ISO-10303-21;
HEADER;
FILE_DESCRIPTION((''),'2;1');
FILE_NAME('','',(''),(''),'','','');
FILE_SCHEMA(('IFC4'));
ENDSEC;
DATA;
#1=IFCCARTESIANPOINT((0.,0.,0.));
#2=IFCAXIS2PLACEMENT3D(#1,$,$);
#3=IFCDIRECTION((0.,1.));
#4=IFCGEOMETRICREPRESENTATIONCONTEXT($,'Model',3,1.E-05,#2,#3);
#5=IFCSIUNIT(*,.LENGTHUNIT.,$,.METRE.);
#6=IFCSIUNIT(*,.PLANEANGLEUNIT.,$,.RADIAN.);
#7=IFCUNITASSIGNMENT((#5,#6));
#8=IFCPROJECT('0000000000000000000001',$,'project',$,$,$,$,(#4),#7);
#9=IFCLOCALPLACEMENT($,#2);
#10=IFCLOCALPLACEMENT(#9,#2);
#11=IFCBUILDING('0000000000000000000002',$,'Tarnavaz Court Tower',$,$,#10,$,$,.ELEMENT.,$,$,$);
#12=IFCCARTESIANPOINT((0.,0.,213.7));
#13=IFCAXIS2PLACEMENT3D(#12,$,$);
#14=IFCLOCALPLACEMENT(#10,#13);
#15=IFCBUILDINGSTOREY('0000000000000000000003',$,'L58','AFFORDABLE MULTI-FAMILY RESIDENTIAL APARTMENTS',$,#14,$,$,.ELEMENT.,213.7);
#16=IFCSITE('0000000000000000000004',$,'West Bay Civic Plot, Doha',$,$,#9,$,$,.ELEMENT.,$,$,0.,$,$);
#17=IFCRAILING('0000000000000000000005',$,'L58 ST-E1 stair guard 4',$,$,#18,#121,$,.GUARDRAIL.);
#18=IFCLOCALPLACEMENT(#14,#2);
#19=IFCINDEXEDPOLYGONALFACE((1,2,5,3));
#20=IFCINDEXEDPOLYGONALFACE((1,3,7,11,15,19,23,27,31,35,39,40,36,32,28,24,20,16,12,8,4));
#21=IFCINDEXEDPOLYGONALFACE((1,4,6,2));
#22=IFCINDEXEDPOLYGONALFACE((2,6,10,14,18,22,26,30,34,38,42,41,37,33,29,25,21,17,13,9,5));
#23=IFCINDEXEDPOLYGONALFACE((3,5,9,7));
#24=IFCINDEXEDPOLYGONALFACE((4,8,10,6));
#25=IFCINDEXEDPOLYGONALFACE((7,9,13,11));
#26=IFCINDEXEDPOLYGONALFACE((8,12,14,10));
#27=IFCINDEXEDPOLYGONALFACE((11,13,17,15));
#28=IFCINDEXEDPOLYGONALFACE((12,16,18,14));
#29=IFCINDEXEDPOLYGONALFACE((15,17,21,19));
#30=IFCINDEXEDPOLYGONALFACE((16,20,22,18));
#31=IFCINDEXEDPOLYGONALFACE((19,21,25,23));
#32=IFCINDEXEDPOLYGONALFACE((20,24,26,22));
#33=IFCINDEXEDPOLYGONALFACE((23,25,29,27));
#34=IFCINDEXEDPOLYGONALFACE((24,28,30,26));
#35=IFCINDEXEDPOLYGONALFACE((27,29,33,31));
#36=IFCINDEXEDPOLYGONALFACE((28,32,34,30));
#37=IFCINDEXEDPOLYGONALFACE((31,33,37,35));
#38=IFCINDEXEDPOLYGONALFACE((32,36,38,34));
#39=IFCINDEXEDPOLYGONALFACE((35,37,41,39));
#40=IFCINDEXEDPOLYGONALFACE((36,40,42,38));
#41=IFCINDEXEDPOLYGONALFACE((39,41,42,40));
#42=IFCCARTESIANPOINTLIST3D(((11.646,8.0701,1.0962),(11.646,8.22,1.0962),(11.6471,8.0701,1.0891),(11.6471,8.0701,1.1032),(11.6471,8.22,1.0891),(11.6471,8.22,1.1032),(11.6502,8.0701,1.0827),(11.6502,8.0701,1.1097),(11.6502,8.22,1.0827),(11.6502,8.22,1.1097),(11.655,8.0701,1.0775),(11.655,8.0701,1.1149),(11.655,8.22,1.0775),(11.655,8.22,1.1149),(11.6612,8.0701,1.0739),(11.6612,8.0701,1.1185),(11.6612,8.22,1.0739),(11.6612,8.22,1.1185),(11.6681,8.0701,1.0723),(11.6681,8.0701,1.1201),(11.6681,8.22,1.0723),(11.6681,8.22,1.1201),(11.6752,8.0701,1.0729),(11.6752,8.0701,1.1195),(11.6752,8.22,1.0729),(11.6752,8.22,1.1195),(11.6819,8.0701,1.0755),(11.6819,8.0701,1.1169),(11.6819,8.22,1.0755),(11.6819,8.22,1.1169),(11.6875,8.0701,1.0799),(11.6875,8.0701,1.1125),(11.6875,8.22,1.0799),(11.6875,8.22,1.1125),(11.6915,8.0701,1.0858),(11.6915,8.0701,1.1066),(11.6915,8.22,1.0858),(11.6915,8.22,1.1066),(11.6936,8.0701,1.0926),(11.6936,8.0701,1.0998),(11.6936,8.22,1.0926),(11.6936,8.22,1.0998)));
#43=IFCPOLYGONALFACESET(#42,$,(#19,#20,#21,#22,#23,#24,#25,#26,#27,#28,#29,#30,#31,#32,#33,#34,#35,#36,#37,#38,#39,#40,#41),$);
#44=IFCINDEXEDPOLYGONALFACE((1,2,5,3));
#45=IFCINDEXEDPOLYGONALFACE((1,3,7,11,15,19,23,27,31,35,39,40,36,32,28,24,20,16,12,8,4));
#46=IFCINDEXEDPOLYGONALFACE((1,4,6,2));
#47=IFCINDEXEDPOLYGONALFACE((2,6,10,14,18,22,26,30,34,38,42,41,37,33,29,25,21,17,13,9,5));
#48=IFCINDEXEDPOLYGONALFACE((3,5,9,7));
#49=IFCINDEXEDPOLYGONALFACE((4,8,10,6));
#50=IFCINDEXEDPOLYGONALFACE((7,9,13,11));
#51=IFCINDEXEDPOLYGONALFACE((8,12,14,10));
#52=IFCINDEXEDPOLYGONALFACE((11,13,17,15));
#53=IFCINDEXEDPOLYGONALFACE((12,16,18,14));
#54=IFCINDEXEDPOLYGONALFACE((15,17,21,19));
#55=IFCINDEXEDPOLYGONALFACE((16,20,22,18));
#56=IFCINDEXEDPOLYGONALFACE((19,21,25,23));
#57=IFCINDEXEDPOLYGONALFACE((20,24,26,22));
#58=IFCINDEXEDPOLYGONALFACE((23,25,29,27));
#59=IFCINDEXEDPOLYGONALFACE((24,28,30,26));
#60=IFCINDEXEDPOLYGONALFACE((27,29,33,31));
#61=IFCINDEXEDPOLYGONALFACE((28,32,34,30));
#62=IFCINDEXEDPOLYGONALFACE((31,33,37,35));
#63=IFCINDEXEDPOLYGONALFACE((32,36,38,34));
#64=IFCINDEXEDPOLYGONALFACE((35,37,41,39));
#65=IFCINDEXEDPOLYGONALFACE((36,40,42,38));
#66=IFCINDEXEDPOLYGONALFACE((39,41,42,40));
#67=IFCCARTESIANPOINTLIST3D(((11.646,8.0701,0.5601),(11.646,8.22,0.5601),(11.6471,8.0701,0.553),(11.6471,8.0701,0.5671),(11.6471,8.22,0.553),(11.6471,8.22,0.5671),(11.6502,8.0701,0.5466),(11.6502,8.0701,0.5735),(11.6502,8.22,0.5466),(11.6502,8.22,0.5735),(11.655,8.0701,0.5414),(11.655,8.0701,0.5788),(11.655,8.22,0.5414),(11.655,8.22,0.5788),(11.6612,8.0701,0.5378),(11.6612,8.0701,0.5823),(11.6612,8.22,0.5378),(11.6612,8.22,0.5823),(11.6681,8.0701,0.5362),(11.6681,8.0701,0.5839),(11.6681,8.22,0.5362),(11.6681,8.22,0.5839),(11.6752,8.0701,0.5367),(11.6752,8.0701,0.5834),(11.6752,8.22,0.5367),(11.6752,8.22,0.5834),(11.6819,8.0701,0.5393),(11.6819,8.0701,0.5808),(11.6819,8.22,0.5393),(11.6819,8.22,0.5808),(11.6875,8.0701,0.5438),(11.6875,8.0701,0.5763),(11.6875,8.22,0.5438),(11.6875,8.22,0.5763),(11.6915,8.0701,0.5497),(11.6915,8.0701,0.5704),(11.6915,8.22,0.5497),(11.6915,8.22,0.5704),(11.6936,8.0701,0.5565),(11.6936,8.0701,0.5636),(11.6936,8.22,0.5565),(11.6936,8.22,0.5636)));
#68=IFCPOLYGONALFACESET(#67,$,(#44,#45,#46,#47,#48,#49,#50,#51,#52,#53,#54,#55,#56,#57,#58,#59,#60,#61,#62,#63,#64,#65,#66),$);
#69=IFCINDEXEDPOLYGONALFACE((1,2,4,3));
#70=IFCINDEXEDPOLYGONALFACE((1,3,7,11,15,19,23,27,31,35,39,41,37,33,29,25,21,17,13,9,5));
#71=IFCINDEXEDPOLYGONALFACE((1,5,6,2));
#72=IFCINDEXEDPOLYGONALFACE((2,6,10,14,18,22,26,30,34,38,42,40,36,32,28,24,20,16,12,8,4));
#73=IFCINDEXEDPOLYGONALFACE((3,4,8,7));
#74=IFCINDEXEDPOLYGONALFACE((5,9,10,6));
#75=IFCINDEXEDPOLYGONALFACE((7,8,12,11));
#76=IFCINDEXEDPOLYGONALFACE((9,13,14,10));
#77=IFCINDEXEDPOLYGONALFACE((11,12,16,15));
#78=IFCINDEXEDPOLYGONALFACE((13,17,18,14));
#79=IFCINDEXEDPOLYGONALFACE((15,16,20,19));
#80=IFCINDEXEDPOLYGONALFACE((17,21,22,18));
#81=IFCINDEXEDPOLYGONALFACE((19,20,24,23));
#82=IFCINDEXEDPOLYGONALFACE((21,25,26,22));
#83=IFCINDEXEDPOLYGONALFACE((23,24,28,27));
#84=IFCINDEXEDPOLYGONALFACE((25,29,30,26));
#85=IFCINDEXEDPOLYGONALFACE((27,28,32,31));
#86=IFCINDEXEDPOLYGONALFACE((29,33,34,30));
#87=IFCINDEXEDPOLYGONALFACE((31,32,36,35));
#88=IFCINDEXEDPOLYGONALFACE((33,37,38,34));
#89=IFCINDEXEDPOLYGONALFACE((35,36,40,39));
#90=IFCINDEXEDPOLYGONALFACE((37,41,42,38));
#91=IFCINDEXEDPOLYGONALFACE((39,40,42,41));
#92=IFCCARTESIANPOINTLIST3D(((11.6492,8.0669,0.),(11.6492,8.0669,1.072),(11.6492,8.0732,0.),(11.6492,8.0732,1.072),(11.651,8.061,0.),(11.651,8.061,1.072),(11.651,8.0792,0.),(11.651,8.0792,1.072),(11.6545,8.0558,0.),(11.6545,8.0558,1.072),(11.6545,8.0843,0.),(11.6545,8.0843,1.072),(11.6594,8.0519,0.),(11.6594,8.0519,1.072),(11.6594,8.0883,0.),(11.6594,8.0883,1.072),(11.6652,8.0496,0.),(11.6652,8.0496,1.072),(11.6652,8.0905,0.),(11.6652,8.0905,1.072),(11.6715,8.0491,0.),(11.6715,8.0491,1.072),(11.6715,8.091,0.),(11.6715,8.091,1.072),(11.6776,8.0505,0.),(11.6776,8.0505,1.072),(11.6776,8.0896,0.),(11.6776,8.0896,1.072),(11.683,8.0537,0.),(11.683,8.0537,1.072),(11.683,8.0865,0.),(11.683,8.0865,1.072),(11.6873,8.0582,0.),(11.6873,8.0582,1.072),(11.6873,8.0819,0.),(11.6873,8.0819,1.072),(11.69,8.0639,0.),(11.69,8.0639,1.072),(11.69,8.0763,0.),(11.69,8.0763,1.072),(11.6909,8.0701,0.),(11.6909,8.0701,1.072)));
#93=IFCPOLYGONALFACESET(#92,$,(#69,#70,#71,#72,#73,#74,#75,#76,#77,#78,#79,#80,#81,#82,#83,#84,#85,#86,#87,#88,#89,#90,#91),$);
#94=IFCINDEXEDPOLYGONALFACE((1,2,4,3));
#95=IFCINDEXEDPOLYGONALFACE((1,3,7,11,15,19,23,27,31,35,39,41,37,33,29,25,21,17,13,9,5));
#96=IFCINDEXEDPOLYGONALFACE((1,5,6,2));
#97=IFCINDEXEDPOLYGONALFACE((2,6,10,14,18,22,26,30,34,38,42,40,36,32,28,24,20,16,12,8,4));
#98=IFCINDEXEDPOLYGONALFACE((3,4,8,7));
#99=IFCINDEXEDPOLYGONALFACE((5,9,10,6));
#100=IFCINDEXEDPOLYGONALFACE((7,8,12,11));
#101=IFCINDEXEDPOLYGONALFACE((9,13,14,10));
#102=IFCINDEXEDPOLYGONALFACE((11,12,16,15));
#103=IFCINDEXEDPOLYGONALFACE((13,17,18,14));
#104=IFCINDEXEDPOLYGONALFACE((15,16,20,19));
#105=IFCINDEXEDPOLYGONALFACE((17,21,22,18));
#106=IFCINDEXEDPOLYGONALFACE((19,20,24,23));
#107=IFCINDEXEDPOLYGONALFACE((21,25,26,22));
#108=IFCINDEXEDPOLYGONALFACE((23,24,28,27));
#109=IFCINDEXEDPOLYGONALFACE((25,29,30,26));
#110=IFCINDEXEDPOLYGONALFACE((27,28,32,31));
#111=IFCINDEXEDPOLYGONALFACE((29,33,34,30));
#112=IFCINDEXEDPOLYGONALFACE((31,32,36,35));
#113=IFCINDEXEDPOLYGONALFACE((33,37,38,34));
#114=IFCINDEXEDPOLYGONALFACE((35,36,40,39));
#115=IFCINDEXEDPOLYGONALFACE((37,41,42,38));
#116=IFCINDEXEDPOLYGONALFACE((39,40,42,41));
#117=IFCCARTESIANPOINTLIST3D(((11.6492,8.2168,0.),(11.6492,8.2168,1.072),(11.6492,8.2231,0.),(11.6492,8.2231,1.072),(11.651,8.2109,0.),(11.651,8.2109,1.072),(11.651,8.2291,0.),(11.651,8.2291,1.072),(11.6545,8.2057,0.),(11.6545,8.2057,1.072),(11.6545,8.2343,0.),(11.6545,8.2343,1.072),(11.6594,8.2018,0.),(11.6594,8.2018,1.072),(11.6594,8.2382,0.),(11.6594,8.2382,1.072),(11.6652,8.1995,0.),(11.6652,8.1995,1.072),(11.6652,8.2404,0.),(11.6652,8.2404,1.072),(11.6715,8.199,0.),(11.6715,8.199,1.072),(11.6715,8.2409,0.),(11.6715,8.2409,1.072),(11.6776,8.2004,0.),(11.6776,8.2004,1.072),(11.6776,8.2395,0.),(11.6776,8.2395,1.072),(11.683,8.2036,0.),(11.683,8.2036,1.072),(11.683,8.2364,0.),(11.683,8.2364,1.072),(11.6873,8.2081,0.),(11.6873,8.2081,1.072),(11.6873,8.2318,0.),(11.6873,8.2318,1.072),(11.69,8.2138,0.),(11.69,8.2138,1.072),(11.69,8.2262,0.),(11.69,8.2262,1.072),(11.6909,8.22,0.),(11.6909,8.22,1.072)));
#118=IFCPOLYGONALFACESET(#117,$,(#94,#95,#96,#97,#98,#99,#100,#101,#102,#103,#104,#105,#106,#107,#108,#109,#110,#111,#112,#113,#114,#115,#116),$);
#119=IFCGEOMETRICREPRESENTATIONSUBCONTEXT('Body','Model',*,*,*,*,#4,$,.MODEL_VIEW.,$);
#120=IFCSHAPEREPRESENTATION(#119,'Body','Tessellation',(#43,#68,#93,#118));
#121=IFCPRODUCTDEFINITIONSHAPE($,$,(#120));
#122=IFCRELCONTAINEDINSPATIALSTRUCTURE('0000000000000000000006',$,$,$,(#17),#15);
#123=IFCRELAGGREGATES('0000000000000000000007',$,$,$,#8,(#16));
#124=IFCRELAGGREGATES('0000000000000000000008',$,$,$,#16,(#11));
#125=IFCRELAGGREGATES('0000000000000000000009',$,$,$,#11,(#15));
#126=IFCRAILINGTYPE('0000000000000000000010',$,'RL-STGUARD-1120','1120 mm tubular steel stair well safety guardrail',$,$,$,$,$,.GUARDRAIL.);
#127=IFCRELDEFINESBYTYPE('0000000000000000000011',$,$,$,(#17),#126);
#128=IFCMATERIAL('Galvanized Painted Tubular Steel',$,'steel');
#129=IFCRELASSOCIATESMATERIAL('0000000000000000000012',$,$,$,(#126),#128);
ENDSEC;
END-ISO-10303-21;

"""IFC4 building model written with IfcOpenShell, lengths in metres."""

from ifc_helpers import new_model, si_unit, direction, frame, origin, origin_2d, place, context, subcontext, project, spatial, circle, extrude, material, type_object, element, save


model = new_model("IFC4")

# Units and contexts
model_context = context("Model", 3, precision=1e-05, world=origin(), true_north=direction((0.0, 1.0)))
body_context = subcontext(model_context, "Body", "Model", "MODEL_VIEW")
ifc_project = project(units=[si_unit("LENGTHUNIT", "METRE"), si_unit("PLANEANGLEUNIT", "RADIAN")], contexts=[model_context])

# Site, building, storey
site_placement = place(None, origin())
site = spatial("IfcSite", under=ifc_project, at=site_placement, Name="West Bay Civic Plot, Doha", CompositionType="ELEMENT", RefElevation=0.0)
building_placement = place(site_placement, origin())
building = spatial("IfcBuilding", under=site, at=building_placement, Name="Tarnavaz Court Tower", CompositionType="ELEMENT")
storey_placement = place(building_placement, frame((0.0, 0.0, 213.7)))
storey = spatial("IfcBuildingStorey", under=building, at=storey_placement, Name="L58", Description="AFFORDABLE MULTI-FAMILY RESIDENTIAL APARTMENTS", CompositionType="ELEMENT", Elevation=213.7)

# Railing
ifc_material_1 = material(Name="Galvanized Painted Tubular Steel", Category="steel")
railing_type_1 = type_object("IfcRailingType", Name="RL-STGUARD-1120", Description="1120 mm tubular steel stair well safety guardrail", PredefinedType="GUARDRAIL", material=ifc_material_1)
railing_1_placement = place(storey_placement, frame((11.6699, 8.0701, 0.0)))
element("IfcRailing", 1, at=railing_1_placement, inside=storey, type_object=railing_type_1, Name="L58 ST-E1 stair guard 4", PredefinedType="GUARDRAIL", context=body_context, shape_type="SweptSolid", body=[
    extrude(circle(Radius=0.0239, at=origin_2d()), frame((0.0, 0.0, 1.0962), z_axis=(0.0, 1.0, 0.0), x_axis=(-1.0, 0.0, 0.0)), (0.0, 0.0, 1.0), 0.1499),
    extrude(circle(Radius=0.0239, at=origin_2d()), frame((0.0, 0.0, 0.5601), z_axis=(0.0, 1.0, 0.0), x_axis=(-1.0, 0.0, 0.0)), (0.0, 0.0, 1.0), 0.1499),
    extrude(circle(Radius=0.021, at=origin_2d()), origin(), (0.0, 0.0, 1.0), 1.072),
    extrude(circle(Radius=0.021, at=origin_2d()), frame((0.0, 0.1499, 0.0)), (0.0, 0.0, 1.0), 1.072),
])

save(model, "model.ifc")
